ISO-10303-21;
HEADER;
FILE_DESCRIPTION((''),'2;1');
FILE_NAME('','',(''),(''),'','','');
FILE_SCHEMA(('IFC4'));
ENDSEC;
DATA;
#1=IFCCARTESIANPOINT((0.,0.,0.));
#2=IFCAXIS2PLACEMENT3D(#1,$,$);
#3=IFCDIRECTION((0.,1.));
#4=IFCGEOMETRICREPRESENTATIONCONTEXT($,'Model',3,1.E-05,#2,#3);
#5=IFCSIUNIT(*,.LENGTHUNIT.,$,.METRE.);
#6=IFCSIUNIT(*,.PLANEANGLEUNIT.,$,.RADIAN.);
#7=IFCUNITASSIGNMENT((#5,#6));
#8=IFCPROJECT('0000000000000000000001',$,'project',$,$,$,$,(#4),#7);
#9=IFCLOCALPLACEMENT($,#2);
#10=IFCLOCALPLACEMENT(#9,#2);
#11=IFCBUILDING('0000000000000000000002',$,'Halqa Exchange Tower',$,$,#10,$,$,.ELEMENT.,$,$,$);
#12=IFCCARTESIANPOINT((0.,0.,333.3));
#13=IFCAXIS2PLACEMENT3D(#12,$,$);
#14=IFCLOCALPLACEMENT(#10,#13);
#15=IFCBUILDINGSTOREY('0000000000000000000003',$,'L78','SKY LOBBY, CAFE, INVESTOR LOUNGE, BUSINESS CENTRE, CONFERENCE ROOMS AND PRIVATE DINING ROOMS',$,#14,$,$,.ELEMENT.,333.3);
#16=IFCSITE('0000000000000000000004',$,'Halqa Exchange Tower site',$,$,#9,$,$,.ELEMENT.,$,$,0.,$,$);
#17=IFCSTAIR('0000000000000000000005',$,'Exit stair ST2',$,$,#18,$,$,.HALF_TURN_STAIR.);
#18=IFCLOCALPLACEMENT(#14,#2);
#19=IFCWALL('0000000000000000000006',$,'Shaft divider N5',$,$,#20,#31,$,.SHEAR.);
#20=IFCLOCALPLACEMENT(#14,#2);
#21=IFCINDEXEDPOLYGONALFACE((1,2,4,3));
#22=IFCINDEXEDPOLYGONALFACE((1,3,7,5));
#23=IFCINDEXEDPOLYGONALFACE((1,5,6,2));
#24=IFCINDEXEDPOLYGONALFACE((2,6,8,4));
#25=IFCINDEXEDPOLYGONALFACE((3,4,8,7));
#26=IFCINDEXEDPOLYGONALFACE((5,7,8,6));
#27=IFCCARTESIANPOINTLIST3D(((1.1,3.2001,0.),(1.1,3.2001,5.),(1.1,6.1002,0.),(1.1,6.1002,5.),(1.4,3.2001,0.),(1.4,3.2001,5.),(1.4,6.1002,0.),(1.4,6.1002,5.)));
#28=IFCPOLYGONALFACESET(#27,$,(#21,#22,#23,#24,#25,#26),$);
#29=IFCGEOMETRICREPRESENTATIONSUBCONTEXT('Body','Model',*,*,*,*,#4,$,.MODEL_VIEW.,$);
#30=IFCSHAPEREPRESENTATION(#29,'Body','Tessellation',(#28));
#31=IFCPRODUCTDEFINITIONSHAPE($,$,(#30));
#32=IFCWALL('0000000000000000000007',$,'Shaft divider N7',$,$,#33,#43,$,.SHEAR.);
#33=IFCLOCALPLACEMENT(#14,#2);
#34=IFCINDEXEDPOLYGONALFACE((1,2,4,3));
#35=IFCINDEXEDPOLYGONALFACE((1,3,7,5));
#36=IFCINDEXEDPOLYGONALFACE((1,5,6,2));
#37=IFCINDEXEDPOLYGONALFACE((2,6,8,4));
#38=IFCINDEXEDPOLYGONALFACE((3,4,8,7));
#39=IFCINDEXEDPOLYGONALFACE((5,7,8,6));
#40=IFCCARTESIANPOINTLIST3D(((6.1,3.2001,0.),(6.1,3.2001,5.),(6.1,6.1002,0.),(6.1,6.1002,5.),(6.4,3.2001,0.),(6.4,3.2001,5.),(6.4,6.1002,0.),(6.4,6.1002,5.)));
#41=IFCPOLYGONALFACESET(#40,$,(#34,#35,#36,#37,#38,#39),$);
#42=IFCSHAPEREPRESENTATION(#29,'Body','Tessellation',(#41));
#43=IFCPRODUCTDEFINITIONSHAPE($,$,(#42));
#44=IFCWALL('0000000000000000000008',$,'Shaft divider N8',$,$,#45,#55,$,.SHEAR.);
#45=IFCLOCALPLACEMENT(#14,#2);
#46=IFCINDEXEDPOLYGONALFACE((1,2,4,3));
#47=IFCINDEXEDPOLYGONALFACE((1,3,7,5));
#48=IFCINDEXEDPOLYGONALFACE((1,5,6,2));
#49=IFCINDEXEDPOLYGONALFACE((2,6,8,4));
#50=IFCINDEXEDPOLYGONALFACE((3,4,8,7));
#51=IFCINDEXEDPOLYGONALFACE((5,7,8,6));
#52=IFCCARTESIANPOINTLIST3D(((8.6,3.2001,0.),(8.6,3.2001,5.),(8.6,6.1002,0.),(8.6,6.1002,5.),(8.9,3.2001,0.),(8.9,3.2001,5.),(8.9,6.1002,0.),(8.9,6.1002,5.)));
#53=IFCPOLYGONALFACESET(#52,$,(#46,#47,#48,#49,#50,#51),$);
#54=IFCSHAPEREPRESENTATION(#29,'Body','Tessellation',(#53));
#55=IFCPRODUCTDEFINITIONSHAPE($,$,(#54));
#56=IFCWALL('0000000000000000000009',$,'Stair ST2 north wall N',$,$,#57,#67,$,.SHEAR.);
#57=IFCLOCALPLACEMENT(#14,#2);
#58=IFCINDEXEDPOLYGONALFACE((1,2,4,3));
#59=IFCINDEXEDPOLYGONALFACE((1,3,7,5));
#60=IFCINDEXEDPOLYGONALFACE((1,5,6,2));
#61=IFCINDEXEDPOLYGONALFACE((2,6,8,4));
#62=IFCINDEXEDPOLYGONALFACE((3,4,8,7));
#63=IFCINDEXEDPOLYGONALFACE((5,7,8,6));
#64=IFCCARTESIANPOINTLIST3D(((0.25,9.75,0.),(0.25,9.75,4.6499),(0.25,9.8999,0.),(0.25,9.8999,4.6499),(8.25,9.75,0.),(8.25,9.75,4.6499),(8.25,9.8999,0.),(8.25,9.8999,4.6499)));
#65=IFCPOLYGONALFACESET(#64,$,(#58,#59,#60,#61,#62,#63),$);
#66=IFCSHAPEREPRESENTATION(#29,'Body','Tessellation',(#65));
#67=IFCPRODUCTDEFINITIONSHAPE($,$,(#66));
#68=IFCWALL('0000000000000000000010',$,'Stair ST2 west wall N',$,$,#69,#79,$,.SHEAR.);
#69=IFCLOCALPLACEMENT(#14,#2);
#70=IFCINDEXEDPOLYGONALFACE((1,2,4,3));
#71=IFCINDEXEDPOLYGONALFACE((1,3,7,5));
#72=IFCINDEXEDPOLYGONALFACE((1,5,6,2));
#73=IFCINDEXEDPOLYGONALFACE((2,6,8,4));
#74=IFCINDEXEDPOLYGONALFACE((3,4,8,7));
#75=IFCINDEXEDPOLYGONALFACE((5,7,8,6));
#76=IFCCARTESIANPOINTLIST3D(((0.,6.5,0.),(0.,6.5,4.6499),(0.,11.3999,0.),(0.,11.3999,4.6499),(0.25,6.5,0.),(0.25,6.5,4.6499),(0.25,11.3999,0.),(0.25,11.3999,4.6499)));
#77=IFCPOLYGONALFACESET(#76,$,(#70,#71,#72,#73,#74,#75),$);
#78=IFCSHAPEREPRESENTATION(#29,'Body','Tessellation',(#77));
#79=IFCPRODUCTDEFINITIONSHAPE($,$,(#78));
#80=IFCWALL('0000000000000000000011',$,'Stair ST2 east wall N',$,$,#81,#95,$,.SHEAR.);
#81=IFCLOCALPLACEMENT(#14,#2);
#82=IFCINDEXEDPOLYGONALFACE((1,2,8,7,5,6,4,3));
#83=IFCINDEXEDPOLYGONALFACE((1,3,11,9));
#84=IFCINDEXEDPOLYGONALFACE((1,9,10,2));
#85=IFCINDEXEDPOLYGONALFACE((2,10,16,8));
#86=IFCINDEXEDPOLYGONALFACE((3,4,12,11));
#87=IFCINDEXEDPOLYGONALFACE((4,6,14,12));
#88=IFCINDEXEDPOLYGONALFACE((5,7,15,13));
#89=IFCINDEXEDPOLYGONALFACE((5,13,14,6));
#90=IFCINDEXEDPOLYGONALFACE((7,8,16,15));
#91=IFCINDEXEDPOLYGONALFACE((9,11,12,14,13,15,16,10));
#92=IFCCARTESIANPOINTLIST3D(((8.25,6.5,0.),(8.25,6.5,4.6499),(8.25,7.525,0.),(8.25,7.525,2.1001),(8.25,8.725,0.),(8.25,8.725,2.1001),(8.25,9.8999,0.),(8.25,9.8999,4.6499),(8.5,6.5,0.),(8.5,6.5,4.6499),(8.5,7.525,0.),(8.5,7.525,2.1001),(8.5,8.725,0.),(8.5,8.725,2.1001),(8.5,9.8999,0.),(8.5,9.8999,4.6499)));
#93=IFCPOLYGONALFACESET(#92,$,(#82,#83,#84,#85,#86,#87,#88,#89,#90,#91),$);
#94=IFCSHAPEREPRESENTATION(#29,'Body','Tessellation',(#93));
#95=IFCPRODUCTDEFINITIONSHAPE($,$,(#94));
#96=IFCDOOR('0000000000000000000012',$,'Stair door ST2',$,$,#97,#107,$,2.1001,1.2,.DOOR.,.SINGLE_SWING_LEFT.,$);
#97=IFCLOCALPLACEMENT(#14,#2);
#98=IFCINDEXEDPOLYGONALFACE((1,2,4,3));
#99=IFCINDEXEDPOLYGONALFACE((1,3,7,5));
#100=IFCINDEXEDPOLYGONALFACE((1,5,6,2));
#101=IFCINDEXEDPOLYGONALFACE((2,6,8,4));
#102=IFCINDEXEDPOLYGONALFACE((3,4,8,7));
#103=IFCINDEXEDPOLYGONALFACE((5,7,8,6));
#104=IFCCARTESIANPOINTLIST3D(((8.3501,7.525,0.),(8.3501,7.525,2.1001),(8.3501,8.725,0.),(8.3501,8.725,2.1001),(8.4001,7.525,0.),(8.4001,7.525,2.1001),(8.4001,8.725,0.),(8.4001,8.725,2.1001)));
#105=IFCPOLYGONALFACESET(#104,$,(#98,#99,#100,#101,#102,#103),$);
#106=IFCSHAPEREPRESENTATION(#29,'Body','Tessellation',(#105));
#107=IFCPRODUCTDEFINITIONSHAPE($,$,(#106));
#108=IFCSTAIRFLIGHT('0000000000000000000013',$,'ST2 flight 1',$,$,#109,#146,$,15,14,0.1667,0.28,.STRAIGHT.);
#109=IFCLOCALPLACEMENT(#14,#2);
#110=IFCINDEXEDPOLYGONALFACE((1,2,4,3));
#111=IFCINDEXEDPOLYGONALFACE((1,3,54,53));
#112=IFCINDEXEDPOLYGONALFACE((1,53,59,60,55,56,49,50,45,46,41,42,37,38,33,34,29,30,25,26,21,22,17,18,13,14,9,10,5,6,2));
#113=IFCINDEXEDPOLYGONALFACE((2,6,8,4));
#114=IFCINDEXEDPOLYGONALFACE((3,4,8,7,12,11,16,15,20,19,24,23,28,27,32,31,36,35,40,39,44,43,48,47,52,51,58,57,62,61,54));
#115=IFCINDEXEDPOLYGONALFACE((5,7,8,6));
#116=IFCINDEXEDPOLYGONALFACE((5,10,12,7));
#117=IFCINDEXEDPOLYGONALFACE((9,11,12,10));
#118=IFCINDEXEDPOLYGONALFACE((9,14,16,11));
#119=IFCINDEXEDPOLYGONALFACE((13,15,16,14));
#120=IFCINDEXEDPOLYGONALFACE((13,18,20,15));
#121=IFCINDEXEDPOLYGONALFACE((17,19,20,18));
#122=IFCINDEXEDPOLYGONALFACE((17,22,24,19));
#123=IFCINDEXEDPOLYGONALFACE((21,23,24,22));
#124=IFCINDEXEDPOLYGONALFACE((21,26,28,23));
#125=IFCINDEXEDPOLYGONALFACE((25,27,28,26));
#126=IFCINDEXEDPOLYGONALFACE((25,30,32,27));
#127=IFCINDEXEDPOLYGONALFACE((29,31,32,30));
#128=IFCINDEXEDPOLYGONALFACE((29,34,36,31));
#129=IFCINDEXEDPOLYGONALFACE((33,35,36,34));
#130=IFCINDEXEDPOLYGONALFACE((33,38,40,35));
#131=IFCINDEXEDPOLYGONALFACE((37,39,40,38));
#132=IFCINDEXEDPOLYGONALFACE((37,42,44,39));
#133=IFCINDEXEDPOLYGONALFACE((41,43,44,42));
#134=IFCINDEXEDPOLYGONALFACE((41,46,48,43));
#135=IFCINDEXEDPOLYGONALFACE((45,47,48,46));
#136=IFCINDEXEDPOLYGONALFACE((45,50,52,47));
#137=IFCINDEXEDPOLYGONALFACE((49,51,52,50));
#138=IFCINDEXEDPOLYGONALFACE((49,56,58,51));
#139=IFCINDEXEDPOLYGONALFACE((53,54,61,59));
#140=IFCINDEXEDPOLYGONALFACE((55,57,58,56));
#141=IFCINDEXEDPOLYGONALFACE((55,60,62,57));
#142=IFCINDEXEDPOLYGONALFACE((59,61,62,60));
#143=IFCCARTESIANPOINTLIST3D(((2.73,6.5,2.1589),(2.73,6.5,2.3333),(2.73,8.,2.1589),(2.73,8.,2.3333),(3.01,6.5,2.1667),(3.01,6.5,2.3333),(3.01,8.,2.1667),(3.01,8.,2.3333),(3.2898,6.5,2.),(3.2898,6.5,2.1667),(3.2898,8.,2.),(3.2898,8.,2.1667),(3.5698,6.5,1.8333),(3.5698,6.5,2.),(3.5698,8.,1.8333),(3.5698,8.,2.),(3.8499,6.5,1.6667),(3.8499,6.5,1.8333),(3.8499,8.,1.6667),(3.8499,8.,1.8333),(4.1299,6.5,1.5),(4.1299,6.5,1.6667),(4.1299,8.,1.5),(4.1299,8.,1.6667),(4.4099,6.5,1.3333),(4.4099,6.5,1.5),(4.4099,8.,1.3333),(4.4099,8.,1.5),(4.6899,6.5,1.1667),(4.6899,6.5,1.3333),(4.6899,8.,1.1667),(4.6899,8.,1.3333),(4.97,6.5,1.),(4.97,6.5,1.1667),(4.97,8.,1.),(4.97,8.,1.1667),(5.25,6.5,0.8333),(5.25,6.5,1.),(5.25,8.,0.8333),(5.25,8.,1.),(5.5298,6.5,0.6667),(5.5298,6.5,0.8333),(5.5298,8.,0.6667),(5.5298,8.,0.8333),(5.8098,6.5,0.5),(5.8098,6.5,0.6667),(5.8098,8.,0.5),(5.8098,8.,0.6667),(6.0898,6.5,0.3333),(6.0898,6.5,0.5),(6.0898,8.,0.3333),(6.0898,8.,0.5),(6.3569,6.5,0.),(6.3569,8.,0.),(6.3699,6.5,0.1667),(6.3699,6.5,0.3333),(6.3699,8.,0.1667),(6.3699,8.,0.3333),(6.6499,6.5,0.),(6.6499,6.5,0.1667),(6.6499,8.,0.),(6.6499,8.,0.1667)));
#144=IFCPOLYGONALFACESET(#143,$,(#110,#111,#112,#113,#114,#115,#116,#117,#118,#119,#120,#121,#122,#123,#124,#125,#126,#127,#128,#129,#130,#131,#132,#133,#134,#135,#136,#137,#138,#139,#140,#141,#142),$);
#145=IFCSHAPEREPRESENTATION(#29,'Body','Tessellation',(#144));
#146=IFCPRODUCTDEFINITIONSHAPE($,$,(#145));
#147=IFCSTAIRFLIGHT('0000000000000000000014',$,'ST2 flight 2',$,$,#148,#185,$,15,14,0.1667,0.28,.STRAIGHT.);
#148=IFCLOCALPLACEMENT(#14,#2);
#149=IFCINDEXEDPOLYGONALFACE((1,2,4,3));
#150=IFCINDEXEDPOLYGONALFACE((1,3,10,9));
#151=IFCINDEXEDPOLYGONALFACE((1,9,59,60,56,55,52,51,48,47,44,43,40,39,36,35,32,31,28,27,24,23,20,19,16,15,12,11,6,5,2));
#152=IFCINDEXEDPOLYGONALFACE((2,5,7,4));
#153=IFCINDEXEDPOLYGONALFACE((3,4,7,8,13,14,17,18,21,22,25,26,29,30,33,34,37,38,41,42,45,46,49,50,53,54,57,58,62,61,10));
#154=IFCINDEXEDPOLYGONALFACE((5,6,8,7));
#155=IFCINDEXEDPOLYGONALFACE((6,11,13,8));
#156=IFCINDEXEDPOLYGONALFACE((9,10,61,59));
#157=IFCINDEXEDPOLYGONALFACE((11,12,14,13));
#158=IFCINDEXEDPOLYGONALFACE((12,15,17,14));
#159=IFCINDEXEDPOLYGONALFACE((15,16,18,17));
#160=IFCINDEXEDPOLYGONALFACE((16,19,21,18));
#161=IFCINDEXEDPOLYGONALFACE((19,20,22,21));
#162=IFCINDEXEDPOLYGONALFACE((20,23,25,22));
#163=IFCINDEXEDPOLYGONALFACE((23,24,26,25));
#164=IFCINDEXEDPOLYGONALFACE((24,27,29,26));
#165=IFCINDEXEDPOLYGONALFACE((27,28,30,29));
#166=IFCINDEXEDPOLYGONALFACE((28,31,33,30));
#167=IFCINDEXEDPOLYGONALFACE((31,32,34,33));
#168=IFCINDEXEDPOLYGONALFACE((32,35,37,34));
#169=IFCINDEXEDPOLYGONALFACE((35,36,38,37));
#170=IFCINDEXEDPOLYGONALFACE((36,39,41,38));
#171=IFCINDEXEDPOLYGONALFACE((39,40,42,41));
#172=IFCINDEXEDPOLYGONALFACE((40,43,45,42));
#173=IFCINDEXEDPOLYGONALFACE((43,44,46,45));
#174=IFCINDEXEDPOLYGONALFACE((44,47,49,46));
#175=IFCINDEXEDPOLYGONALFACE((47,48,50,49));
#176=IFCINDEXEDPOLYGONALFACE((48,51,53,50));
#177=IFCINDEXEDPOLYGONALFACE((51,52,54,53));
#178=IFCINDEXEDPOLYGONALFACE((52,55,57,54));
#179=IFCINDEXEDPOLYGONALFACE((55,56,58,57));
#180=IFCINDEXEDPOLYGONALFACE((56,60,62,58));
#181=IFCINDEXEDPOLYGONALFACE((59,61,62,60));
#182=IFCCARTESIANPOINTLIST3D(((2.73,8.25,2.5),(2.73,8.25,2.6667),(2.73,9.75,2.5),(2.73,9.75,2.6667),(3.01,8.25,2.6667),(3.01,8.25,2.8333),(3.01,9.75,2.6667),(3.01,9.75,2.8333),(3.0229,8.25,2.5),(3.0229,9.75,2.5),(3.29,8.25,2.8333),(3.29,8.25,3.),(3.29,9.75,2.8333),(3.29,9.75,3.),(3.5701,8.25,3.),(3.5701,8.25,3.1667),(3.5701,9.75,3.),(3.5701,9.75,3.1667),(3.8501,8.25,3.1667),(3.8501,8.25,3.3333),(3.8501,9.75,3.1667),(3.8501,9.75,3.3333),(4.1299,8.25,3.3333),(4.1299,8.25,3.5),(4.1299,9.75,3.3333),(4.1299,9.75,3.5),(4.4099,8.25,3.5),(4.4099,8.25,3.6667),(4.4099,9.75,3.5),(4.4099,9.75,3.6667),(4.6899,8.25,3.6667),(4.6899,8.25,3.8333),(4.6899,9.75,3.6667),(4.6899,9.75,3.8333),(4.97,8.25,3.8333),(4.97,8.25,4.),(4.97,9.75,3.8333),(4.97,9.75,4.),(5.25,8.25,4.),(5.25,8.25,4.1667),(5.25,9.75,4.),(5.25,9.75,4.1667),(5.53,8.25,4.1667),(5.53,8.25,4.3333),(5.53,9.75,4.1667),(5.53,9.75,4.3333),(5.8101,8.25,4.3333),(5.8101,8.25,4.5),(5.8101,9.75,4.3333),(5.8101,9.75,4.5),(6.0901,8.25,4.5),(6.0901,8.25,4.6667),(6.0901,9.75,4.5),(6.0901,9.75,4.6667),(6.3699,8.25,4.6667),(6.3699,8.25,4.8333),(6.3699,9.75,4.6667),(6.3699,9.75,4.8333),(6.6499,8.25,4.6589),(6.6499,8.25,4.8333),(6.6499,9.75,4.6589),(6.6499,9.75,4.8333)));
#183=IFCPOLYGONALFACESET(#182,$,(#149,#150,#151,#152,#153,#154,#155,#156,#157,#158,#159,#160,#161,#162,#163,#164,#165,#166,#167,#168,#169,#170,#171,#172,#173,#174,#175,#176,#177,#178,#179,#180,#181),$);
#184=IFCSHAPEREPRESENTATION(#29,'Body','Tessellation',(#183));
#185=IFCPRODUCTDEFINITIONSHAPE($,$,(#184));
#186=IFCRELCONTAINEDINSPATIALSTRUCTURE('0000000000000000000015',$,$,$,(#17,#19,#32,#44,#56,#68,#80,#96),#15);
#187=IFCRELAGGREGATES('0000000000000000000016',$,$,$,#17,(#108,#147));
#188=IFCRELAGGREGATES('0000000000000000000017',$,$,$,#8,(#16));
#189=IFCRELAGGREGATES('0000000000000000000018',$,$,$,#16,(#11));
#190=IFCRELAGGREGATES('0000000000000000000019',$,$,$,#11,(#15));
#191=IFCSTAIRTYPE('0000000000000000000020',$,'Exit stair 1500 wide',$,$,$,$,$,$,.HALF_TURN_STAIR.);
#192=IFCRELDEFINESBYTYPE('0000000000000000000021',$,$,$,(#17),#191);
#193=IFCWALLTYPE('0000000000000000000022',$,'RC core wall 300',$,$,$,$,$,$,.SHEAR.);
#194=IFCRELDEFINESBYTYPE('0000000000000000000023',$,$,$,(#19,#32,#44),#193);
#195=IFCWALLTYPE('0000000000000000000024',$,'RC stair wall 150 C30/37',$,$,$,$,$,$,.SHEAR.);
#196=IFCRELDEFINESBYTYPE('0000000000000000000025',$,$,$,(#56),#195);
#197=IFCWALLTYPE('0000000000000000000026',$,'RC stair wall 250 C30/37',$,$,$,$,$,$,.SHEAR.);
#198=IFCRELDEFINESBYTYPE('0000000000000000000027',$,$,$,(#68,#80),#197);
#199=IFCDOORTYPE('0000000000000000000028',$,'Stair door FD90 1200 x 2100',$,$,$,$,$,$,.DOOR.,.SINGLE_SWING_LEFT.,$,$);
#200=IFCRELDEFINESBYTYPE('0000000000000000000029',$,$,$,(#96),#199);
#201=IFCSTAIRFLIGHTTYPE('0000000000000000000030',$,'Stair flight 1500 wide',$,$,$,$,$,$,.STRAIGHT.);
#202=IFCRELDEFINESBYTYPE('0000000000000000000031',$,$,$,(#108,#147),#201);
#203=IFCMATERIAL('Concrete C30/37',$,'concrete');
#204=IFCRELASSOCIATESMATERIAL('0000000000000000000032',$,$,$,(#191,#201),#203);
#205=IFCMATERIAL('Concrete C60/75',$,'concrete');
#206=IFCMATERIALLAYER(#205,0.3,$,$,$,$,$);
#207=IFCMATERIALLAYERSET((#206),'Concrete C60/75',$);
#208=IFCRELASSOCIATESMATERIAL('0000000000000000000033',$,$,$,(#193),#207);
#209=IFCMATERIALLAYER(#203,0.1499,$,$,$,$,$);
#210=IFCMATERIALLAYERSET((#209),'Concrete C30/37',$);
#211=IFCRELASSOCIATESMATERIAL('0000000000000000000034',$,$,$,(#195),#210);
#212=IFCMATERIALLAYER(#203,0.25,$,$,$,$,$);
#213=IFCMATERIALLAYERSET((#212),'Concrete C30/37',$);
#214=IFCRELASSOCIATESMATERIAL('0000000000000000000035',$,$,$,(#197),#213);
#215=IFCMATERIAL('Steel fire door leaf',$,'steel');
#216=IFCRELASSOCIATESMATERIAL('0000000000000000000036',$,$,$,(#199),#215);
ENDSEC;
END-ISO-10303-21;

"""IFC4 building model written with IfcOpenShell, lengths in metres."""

from ifc_helpers import new_model, si_unit, direction, frame, frame_2d, origin, place, context, subcontext, project, spatial, polyline, rectangle, outline, extrude, material, layer, layer_set, type_object, element, fill, aggregate, save


model = new_model("IFC4")

# Units and contexts
model_context = context("Model", 3, precision=1e-05, world=origin(), true_north=direction((0.0, 1.0)))
body_context = subcontext(model_context, "Body", "Model", "MODEL_VIEW")
ifc_project = project(units=[si_unit("LENGTHUNIT", "METRE"), si_unit("PLANEANGLEUNIT", "RADIAN")], contexts=[model_context])

# Site, building, storey
site_placement = place(None, origin())
site = spatial("IfcSite", under=ifc_project, at=site_placement, Name="Halqa Exchange Tower site", CompositionType="ELEMENT", RefElevation=0.0)
building_placement = place(site_placement, origin())
building = spatial("IfcBuilding", under=site, at=building_placement, Name="Halqa Exchange Tower", CompositionType="ELEMENT")
storey_placement = place(building_placement, frame((0.0, 0.0, 333.3)))
storey = spatial("IfcBuildingStorey", under=building, at=storey_placement, Name="L78", Description="SKY LOBBY, CAFE, INVESTOR LOUNGE, BUSINESS CENTRE, CONFERENCE ROOMS AND PRIVATE DINING ROOMS", CompositionType="ELEMENT", Elevation=333.3)

# Shared definitions
ifc_material_1 = material(Name="Concrete C60/75", Category="concrete")

# Stair
ifc_material_2 = material(Name="Concrete C30/37", Category="concrete")
stair_type = type_object("IfcStairType", Name="Exit stair 1500 wide", PredefinedType="HALF_TURN_STAIR", material=ifc_material_2)
stair_1_placement = place(storey_placement, origin())
stair_1 = element("IfcStair", 1, at=stair_1_placement, inside=storey, type_object=stair_type, Name="Exit stair ST2", PredefinedType="HALF_TURN_STAIR")

# Walls
ifc_layer_1 = layer(ifc_material_1, 0.3)
ifc_layer_set_1 = layer_set([ifc_layer_1], Name="Concrete C60/75")
wall_type_1 = type_object("IfcWallType", Name="RC core wall 300", PredefinedType="SHEAR", material=ifc_layer_set_1)
for number, where, z_axis, x_axis, name in (
    (2, (1.25, 3.2, 0.0), (0.0, 0.0, 1.0), (0.0, 1.0, 0.0), "Shaft divider N5"),
    (3, (6.25, 3.2, 0.0), (0.0, 0.0, 1.0), (0.0, 1.0, 0.0), "Shaft divider N7"),
    (4, (8.75, 3.2, 0.0), (0.0, 0.0, 1.0), (0.0, 1.0, 0.0), "Shaft divider N8"),
):
    element("IfcWall", number, at=place(storey_placement, frame(where, z_axis=z_axis, x_axis=x_axis)), inside=storey, type_object=wall_type_1, Name=name, PredefinedType="SHEAR", context=body_context, shape_type="SweptSolid", body=[
        extrude(rectangle(XDim=2.9001, YDim=0.3, at=frame_2d((1.4502, 0.0))), origin(), (0.0, 0.0, 1.0), 5.0),
    ])
ifc_layer_2 = layer(ifc_material_2, 0.1499)
ifc_layer_set_2 = layer_set([ifc_layer_2], Name="Concrete C30/37")
wall_type_2 = type_object("IfcWallType", Name="RC stair wall 150 C30/37", PredefinedType="SHEAR", material=ifc_layer_set_2)
wall_1_placement = place(storey_placement, frame((0.25, 9.825, 0.0), z_axis=(0.0, 0.0, 1.0), x_axis=(1.0, 0.0, 0.0)))
element("IfcWall", 5, at=wall_1_placement, inside=storey, type_object=wall_type_2, Name="Stair ST2 north wall N", PredefinedType="SHEAR", context=body_context, shape_type="SweptSolid", body=[
    extrude(rectangle(XDim=8.0, YDim=0.1499, at=frame_2d((4.0, 0.0))), origin(), (0.0, 0.0, 1.0), 4.6499),
])
ifc_layer_3 = layer(ifc_material_2, 0.25)
ifc_layer_set_3 = layer_set([ifc_layer_3], Name="Concrete C30/37")
wall_type_3 = type_object("IfcWallType", Name="RC stair wall 250 C30/37", PredefinedType="SHEAR", material=ifc_layer_set_3)
wall_2_placement = place(storey_placement, frame((0.125, 6.5, 0.0), z_axis=(0.0, 0.0, 1.0), x_axis=(0.0, 1.0, 0.0)))
element("IfcWall", 6, at=wall_2_placement, inside=storey, type_object=wall_type_3, Name="Stair ST2 west wall N", PredefinedType="SHEAR", context=body_context, shape_type="SweptSolid", body=[
    extrude(rectangle(XDim=4.8999, YDim=0.25, at=frame_2d((2.45, 0.0))), origin(), (0.0, 0.0, 1.0), 4.6499),
])

# Wall, opening, door
wall_3_placement = place(storey_placement, frame((8.375, 6.5, 0.0), z_axis=(0.0, 0.0, 1.0), x_axis=(0.0, 1.0, 0.0)))
wall_3 = element("IfcWall", 7, at=wall_3_placement, inside=storey, type_object=wall_type_3, Name="Stair ST2 east wall N", PredefinedType="SHEAR", context=body_context, shape_type="SweptSolid", body=[
    extrude(rectangle(XDim=3.3999, YDim=0.25, at=frame_2d((1.7, 0.0))), origin(), (0.0, 0.0, 1.0), 4.6499),
])
opening_placement = place(wall_3_placement, frame((1.0249, 0.0, 0.0)))
opening = element("IfcOpeningElement", 8, at=opening_placement, cuts=wall_3, PredefinedType="OPENING", context=body_context, shape_type="SweptSolid", body=[
    extrude(rectangle(XDim=1.2, YDim=2.1001, at=frame_2d((0.6001, 1.05))), frame((0.0, 0.137, 0.0), z_axis=(0.0, -1.0, 0.0), x_axis=(1.0, 0.0, 0.0)), (0.0, 0.0, 1.0), 0.2739),
])
ifc_material_3 = material(Name="Steel fire door leaf", Category="steel")
door_type = type_object("IfcDoorType", Name="Stair door FD90 1200 x 2100", OperationType="SINGLE_SWING_LEFT", PredefinedType="DOOR", material=ifc_material_3)
door_placement = place(opening_placement, origin())
door = element("IfcDoor", 9, at=door_placement, inside=storey, type_object=door_type, Name="Stair door ST2", OperationType="SINGLE_SWING_LEFT", OverallHeight=2.1001, OverallWidth=1.2, PredefinedType="DOOR", context=body_context, shape_type="SweptSolid", body=[
    extrude(rectangle(XDim=1.2, YDim=2.1001, at=frame_2d((0.6001, 1.05))), frame((0.0, 0.0249, 0.0), z_axis=(0.0, -1.0, 0.0), x_axis=(1.0, 0.0, 0.0)), (0.0, 0.0, 1.0), 0.05),
])
fill(opening, door)

# Stair flights
stair_flight_type = type_object("IfcStairFlightType", Name="Stair flight 1500 wide", PredefinedType="STRAIGHT", material=ifc_material_2)
stair_flight_1_placement = place(storey_placement, frame((6.6499, 7.25, 0.0), z_axis=(0.0, 0.0, 1.0), x_axis=(-1.0, 0.0, 0.0)))
stair_flight_1 = element("IfcStairFlight", 10, at=stair_flight_1_placement, type_object=stair_flight_type, Name="ST2 flight 1", NumberOfRisers=15, NumberOfTreads=14, PredefinedType="STRAIGHT", RiserHeight=0.1667, TreadLength=0.28, context=body_context, shape_type="SweptSolid", body=[
    extrude(outline(polyline([(0.0, 0.0), (0.0, 0.1667), (0.28, 0.1667), (0.28, 0.3333), (0.5601, 0.3333), (0.5601, 0.5), (0.8401, 0.5), (0.8401, 0.6667), (1.1201, 0.6667), (1.1201, 0.8333), (1.3999, 0.8333), (1.3999, 1.0), (1.6799, 1.0), (1.6799, 1.1667), (1.96, 1.1667), (1.96, 1.3333), (2.24, 1.3333), (2.24, 1.5), (2.52, 1.5), (2.52, 1.6667), (2.8, 1.6667), (2.8, 1.8333), (3.0801, 1.8333), (3.0801, 2.0), (3.3601, 2.0), (3.3601, 2.1667), (3.6399, 2.1667), (3.6399, 2.3333), (3.9199, 2.3333), (3.9199, 2.5), (3.9199, 2.1589), (0.293, 0.0), (0.0, 0.0)])), frame((0.0, 0.75, 0.0), z_axis=(0.0, -1.0, 0.0), x_axis=(1.0, 0.0, 0.0)), (0.0, 0.0, 1.0), 1.5),
])
stair_flight_2_placement = place(storey_placement, frame((2.73, 9.0, 2.5), z_axis=(0.0, 0.0, 1.0), x_axis=(1.0, 0.0, 0.0)))
stair_flight_2 = element("IfcStairFlight", 11, at=stair_flight_2_placement, type_object=stair_flight_type, Name="ST2 flight 2", NumberOfRisers=15, NumberOfTreads=14, PredefinedType="STRAIGHT", RiserHeight=0.1667, TreadLength=0.28, context=body_context, shape_type="SweptSolid", body=[
    extrude(outline(polyline([(0.0, 0.0), (0.0, 0.1667), (0.28, 0.1667), (0.28, 0.3333), (0.5601, 0.3333), (0.5601, 0.5), (0.8401, 0.5), (0.8401, 0.6667), (1.1201, 0.6667), (1.1201, 0.8333), (1.3999, 0.8333), (1.3999, 1.0), (1.6799, 1.0), (1.6799, 1.1667), (1.96, 1.1667), (1.96, 1.3333), (2.24, 1.3333), (2.24, 1.5), (2.52, 1.5), (2.52, 1.6667), (2.8, 1.6667), (2.8, 1.8333), (3.0801, 1.8333), (3.0801, 2.0), (3.3601, 2.0), (3.3601, 2.1667), (3.6399, 2.1667), (3.6399, 2.3333), (3.9199, 2.3333), (3.9199, 2.5), (3.9199, 2.1589), (0.293, 0.0), (0.0, 0.0)])), frame((0.0, 0.75, 0.0), z_axis=(0.0, -1.0, 0.0), x_axis=(1.0, 0.0, 0.0)), (0.0, 0.0, 1.0), 1.5),
])
aggregate(stair_1, [stair_flight_1, stair_flight_2])

save(model, "model.ifc")
